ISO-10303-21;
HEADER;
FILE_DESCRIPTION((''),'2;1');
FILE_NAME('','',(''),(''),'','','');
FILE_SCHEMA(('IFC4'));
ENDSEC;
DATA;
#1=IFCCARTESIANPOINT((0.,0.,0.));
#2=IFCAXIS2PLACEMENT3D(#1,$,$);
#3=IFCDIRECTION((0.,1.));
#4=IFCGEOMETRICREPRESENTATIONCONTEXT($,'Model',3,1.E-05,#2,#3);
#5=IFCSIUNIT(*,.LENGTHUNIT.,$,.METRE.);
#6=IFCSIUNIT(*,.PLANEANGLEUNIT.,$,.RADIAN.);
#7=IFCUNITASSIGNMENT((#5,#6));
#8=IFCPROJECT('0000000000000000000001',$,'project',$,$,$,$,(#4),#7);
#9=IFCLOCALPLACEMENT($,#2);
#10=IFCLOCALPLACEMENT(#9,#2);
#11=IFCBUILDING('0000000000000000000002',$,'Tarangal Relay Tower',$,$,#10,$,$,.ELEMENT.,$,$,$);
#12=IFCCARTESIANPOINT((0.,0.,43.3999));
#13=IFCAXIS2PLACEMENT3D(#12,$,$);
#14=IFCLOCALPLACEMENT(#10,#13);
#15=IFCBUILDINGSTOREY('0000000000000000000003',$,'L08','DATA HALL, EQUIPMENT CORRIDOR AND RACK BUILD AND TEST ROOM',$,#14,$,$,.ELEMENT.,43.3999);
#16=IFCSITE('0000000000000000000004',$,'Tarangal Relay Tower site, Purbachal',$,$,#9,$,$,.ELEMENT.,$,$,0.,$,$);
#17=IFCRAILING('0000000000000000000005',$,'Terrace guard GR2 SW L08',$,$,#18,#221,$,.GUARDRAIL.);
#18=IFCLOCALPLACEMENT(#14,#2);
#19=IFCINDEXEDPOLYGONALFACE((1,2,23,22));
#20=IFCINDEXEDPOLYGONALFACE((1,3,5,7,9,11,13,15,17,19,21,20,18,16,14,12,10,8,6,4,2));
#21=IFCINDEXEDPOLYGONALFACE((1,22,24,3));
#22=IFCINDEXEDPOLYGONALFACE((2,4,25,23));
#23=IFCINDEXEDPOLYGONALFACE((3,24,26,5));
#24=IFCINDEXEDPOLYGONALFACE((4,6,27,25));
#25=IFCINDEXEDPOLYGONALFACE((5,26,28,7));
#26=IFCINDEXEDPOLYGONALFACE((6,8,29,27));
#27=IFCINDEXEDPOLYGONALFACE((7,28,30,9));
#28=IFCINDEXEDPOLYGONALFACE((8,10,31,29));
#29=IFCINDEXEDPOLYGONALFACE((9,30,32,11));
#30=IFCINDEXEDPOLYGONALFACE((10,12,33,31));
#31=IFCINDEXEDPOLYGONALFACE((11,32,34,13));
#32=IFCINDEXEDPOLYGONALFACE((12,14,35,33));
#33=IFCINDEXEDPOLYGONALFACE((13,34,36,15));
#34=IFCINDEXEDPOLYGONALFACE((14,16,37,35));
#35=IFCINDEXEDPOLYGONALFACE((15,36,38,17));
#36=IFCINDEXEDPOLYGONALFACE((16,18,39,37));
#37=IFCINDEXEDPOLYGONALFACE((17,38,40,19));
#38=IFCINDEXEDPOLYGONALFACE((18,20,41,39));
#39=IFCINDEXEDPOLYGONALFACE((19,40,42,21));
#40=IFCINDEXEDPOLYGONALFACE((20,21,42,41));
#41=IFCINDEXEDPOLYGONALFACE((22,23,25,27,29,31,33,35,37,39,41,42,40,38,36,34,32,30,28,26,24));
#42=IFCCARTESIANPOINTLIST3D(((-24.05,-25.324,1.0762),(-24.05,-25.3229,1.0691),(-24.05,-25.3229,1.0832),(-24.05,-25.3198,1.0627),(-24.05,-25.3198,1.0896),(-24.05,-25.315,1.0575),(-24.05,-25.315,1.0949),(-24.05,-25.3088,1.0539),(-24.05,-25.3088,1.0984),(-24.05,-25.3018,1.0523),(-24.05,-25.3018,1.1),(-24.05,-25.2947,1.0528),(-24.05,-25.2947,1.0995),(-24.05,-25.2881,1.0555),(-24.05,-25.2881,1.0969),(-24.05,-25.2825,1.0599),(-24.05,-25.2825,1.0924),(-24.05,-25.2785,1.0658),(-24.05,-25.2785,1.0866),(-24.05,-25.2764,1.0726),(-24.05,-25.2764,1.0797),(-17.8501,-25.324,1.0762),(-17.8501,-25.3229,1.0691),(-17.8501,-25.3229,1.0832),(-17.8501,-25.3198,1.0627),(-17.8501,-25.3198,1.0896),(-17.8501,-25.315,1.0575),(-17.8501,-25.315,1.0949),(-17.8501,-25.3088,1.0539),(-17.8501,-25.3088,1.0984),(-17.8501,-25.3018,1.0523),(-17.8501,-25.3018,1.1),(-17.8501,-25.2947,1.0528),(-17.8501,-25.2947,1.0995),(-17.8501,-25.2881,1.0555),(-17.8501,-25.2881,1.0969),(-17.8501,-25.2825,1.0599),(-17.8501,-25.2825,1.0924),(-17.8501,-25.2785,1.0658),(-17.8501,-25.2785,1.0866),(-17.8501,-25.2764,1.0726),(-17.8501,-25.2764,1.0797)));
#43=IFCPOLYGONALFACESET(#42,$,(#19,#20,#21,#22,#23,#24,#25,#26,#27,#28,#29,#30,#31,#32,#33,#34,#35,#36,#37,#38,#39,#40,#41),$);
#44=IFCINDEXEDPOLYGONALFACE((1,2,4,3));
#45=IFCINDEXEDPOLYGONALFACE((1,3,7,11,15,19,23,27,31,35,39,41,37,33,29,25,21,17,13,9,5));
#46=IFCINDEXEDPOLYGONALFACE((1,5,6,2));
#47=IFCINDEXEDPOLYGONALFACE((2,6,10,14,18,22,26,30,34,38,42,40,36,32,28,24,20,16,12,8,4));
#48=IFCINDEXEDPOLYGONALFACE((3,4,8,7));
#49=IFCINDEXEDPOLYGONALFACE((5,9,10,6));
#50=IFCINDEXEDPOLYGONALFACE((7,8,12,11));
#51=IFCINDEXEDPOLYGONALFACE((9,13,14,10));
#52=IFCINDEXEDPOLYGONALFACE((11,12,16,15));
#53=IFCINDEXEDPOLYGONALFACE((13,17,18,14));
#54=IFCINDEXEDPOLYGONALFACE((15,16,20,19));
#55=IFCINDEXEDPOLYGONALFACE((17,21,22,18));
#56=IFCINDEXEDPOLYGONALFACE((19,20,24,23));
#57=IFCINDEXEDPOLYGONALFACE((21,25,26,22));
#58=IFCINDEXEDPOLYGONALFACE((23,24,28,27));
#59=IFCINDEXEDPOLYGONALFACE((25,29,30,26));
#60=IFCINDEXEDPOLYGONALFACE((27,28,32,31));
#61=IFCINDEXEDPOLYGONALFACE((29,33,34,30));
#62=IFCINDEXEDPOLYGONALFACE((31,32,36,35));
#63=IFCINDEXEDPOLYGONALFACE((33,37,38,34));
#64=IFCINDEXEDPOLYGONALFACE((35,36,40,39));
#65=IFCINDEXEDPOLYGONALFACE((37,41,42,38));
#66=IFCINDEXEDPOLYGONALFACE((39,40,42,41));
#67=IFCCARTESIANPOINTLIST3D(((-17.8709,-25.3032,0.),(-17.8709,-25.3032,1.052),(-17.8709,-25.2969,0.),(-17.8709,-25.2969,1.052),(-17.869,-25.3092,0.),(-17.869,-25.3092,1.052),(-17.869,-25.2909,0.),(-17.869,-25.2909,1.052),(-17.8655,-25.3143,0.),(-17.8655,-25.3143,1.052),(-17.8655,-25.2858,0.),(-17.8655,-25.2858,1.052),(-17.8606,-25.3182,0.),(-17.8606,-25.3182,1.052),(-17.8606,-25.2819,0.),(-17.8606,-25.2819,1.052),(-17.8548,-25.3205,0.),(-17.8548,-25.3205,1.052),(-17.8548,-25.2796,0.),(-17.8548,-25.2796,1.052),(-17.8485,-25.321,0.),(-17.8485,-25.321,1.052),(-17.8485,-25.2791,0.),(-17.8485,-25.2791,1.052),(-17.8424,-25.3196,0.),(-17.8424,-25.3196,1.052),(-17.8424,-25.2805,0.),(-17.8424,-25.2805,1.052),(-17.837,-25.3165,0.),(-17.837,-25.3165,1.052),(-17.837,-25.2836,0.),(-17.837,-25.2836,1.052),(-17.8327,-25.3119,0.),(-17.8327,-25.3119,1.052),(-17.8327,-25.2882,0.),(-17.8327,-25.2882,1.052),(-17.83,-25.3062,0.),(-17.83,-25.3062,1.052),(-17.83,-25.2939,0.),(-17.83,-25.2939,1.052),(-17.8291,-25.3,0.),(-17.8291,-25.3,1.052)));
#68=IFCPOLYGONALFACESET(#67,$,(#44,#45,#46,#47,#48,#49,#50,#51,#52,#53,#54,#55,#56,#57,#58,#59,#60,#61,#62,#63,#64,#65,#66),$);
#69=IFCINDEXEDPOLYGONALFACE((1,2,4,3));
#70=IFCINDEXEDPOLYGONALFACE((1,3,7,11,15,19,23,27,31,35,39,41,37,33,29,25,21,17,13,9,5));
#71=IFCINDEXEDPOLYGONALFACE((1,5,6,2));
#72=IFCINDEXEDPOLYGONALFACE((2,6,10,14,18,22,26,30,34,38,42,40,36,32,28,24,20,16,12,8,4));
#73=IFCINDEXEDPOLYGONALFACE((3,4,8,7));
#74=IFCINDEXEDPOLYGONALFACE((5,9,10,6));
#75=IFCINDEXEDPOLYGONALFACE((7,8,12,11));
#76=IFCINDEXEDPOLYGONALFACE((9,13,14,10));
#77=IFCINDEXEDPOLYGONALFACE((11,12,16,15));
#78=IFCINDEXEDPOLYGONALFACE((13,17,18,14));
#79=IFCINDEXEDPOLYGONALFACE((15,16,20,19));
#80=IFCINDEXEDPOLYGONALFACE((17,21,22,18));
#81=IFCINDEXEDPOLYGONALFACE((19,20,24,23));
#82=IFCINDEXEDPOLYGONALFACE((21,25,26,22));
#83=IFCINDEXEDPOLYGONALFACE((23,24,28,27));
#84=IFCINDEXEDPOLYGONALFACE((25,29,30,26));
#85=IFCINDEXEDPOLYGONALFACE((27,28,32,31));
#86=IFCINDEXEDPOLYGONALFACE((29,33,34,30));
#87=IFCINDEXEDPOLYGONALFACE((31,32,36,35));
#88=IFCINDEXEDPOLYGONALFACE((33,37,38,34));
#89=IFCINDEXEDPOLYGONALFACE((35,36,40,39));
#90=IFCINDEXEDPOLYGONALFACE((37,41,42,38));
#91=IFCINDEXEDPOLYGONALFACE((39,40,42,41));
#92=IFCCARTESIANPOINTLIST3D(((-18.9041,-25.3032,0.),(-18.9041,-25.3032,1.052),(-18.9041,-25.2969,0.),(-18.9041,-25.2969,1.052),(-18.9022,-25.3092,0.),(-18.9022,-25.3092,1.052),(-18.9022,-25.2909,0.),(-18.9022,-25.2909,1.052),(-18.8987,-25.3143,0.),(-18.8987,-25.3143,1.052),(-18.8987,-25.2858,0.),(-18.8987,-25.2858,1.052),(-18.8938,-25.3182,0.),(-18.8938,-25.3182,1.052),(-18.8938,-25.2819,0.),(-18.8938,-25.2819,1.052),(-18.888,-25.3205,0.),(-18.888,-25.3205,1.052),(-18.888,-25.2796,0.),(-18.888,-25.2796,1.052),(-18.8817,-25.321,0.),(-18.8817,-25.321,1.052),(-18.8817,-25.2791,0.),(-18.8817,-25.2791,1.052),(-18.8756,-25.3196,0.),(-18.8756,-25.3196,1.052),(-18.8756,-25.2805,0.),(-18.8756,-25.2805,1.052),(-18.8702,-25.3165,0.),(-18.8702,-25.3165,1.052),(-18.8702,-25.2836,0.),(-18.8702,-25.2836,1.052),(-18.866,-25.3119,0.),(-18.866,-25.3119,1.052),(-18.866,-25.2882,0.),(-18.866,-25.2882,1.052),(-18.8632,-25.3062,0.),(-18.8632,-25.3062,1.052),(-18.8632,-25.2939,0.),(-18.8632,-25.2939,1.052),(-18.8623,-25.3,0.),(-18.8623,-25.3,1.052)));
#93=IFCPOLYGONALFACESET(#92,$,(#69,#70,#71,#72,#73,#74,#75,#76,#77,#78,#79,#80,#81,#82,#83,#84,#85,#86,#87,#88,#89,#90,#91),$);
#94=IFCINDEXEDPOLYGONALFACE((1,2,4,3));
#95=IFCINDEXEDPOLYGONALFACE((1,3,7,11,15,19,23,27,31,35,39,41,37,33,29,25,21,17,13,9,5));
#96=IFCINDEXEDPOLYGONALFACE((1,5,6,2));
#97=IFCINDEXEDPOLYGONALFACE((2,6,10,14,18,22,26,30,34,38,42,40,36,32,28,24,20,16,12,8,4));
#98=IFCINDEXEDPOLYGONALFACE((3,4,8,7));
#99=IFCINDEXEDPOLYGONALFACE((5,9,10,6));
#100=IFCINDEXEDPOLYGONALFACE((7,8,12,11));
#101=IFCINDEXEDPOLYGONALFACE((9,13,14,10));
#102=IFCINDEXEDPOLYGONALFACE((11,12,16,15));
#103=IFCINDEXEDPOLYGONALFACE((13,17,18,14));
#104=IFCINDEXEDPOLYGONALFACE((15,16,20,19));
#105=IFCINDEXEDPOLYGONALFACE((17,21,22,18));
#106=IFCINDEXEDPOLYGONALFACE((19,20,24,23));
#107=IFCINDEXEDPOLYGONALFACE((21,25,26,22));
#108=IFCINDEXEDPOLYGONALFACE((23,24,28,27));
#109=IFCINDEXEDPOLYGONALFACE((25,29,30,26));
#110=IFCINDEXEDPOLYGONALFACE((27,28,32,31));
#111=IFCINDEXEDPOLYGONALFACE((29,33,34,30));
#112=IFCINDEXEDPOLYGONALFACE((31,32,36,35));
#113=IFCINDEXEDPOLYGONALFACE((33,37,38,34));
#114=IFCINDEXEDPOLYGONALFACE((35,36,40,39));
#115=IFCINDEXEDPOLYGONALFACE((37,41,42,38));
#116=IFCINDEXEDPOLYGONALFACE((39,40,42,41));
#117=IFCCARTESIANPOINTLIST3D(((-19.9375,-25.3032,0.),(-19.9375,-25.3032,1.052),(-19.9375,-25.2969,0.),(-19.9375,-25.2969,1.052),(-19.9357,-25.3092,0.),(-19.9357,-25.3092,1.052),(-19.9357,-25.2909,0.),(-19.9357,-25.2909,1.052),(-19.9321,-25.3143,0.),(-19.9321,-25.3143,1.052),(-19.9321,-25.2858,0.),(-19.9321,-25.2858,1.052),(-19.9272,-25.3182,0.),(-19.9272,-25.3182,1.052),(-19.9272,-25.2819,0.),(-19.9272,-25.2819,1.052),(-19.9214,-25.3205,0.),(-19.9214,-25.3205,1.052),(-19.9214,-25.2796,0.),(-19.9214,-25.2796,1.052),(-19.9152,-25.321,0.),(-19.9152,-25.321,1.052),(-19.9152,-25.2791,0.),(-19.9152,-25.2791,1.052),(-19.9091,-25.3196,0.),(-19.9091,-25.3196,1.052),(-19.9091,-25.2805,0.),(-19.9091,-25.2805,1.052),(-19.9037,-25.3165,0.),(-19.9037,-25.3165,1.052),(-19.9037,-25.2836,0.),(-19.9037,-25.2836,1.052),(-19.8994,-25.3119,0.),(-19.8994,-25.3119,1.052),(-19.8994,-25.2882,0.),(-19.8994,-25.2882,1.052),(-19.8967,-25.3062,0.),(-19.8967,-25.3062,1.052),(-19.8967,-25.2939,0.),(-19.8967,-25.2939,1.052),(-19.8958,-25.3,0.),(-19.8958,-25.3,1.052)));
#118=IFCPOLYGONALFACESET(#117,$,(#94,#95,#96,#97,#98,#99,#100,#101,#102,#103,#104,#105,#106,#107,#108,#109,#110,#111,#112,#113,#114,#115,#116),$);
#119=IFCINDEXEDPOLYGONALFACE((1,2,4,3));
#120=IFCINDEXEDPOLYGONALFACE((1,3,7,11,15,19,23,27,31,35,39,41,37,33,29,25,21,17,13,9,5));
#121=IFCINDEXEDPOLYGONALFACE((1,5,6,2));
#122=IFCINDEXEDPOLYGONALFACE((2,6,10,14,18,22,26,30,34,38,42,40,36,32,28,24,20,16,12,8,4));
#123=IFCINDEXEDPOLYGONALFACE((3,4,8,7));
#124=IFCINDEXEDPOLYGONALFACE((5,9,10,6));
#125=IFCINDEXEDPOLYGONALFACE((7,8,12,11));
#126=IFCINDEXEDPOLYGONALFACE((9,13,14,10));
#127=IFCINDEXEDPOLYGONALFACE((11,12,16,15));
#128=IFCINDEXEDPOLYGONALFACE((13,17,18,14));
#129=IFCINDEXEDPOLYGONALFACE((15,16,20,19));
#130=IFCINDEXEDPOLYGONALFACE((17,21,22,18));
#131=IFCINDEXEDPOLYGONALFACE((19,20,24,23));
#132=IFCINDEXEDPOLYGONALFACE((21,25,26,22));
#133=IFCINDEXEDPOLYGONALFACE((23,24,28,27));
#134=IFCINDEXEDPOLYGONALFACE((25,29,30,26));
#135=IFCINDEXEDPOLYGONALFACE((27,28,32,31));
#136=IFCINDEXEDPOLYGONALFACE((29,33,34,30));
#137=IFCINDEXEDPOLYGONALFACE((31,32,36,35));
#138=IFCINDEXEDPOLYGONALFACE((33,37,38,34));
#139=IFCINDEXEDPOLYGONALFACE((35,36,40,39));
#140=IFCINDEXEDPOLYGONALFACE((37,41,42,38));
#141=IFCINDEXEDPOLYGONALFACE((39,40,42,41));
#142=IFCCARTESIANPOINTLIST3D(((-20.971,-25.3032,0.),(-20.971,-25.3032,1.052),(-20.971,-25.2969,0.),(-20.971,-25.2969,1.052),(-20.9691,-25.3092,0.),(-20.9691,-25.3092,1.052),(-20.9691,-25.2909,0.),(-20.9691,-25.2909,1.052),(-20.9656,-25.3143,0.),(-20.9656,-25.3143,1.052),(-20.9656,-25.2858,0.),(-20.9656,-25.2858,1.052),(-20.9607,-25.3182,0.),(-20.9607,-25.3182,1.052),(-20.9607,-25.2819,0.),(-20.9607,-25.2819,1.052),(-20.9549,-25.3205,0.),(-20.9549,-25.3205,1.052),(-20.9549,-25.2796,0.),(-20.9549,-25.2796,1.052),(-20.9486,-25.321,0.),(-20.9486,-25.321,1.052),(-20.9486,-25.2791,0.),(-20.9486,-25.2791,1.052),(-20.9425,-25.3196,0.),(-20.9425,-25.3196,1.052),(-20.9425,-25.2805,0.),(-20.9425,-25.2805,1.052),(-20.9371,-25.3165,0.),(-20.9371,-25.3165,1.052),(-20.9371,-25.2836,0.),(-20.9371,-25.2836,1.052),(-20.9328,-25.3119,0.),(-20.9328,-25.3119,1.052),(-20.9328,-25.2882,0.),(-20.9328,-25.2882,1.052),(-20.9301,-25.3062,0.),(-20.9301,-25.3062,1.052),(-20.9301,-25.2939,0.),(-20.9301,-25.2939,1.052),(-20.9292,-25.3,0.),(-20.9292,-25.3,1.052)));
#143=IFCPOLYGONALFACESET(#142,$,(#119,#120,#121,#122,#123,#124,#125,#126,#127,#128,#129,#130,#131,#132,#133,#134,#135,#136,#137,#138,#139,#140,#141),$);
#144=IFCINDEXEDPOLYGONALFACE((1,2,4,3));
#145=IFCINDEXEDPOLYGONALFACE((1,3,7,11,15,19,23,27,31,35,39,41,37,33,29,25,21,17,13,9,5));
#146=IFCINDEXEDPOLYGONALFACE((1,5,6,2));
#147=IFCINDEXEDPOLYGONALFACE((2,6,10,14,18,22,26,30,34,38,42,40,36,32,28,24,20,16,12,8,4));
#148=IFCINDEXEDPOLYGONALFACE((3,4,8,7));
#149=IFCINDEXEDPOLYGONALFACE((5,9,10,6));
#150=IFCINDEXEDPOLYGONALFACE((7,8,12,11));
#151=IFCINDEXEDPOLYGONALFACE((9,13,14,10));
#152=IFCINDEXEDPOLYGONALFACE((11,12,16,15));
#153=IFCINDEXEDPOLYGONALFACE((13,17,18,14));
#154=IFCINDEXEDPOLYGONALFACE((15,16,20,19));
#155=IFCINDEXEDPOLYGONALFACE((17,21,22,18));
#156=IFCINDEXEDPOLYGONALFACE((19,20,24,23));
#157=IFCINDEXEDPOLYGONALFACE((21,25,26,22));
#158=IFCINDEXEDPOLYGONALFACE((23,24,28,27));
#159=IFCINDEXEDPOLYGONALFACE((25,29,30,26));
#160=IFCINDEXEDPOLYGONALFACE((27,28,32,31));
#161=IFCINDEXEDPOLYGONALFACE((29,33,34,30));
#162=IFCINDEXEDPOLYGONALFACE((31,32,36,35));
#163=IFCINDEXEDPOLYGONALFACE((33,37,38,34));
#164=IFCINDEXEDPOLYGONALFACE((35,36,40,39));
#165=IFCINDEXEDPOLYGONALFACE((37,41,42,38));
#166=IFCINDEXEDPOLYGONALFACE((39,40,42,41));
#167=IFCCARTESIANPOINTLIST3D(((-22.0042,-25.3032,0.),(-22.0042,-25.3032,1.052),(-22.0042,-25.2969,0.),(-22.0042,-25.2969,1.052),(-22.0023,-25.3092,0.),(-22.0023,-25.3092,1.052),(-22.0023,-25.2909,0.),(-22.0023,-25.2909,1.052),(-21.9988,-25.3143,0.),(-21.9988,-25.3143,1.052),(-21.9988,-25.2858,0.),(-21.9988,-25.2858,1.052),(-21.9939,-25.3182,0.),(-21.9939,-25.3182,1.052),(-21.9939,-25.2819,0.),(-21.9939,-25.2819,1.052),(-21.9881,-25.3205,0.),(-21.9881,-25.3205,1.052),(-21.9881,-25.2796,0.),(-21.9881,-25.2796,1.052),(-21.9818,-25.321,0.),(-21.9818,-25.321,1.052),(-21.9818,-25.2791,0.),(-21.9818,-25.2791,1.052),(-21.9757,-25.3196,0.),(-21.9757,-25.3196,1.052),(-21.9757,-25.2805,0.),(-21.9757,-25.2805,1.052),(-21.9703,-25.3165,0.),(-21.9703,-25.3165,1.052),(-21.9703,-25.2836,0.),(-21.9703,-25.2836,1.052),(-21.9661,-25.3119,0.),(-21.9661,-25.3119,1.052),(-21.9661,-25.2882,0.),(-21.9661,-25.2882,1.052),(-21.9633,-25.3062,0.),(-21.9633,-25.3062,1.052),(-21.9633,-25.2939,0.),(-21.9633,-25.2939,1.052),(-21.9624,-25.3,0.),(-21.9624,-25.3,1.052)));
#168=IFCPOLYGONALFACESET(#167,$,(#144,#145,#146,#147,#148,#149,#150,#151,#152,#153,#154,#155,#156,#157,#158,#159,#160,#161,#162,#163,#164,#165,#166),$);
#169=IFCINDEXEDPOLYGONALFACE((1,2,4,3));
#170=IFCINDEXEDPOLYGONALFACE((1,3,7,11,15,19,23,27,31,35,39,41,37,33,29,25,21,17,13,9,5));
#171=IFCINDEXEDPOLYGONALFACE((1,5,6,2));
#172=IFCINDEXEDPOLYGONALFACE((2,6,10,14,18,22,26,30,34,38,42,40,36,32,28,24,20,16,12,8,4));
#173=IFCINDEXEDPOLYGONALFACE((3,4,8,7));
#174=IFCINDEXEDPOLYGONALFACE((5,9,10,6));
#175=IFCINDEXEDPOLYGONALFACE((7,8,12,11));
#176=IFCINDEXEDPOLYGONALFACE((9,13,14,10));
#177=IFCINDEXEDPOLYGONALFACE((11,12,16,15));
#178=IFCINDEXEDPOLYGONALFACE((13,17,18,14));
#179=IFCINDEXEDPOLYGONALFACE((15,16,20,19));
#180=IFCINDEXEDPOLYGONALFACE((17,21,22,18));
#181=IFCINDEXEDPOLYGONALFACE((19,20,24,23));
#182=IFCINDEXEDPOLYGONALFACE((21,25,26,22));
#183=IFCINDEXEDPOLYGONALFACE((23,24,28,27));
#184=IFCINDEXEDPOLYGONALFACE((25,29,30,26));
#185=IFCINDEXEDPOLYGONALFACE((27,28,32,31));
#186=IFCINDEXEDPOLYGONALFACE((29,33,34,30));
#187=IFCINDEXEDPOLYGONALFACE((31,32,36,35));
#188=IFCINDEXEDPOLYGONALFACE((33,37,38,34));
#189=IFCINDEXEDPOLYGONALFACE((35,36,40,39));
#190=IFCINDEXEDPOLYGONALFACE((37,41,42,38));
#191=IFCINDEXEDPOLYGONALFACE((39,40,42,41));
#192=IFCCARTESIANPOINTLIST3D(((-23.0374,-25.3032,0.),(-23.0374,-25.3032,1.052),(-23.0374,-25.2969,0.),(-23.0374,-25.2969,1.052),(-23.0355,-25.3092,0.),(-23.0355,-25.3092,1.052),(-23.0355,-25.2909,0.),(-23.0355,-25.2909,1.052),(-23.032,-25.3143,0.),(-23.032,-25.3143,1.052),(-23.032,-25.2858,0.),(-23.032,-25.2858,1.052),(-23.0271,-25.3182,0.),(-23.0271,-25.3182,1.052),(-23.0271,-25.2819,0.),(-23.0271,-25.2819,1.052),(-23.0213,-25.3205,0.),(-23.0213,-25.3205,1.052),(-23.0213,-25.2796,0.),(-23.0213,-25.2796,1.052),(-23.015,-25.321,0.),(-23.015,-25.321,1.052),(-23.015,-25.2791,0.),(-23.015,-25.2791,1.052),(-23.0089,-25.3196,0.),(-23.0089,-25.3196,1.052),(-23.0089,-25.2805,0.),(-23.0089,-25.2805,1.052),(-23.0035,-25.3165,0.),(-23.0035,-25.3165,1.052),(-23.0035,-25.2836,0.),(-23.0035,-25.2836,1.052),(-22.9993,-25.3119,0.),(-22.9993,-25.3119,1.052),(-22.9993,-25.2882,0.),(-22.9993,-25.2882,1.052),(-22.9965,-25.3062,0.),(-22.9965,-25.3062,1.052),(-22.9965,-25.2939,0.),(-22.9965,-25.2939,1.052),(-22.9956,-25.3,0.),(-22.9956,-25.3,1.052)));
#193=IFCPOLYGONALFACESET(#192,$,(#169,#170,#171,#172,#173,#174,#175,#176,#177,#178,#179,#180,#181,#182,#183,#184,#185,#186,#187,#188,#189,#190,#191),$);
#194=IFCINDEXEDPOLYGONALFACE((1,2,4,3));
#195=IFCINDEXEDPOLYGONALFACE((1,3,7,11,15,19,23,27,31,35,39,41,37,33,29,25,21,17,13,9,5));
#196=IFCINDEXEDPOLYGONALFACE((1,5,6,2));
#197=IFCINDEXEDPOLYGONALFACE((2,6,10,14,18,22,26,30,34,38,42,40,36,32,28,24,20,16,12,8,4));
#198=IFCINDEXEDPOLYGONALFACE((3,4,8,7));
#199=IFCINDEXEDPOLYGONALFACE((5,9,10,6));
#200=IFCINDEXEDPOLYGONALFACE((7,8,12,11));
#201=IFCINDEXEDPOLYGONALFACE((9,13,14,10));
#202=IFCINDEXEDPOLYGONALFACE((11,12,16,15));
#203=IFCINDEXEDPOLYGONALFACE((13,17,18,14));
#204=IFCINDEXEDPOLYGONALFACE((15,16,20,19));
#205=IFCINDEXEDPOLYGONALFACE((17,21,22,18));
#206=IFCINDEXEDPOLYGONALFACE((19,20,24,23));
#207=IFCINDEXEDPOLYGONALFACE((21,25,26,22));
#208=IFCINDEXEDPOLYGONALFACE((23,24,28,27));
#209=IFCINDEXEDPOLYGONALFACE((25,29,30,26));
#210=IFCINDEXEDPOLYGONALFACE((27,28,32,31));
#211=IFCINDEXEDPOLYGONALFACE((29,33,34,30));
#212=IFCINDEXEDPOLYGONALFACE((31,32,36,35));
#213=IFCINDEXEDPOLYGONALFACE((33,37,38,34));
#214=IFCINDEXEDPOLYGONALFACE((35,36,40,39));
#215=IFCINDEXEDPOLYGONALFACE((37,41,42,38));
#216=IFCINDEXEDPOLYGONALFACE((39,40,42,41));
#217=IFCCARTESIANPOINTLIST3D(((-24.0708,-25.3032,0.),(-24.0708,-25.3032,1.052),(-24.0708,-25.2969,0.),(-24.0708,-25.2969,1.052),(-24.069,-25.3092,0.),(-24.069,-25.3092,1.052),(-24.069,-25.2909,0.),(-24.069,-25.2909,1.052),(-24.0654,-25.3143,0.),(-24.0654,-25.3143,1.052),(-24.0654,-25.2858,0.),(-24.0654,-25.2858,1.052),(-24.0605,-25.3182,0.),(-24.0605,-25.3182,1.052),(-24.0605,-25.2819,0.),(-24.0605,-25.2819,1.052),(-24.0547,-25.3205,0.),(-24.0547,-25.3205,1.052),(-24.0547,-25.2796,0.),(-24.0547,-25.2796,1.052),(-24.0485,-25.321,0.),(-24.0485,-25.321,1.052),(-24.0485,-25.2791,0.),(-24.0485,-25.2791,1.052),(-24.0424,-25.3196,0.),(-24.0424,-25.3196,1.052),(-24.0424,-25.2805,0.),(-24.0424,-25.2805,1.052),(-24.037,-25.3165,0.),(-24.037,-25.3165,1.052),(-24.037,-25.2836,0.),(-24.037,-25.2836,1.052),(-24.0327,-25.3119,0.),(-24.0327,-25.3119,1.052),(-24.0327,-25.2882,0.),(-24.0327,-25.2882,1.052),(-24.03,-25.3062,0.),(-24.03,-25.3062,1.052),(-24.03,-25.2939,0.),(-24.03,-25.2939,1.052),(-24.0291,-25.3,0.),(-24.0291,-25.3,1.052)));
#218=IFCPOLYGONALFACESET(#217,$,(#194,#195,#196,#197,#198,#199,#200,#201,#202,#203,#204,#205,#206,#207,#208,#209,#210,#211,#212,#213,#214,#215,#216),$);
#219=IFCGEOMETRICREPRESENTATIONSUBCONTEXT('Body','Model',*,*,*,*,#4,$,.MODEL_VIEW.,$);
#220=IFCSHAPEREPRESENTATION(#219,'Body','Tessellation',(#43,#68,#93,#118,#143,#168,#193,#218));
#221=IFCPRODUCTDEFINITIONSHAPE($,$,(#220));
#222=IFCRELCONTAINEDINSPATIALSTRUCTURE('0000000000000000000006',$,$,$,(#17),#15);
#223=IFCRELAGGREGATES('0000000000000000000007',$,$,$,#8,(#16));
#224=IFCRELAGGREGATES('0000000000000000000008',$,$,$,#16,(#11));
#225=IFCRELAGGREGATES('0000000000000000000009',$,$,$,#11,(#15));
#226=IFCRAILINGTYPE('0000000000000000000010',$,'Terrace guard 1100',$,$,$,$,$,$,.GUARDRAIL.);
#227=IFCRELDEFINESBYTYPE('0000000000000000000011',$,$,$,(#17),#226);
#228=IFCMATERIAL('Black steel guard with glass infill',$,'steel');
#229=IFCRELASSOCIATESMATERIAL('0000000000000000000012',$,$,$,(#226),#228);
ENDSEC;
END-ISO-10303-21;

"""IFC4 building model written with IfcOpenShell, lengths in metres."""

from ifc_helpers import new_model, si_unit, direction, frame, origin, origin_2d, place, context, subcontext, project, spatial, circle, extrude, material, type_object, element, save


model = new_model("IFC4")

# Units and contexts
model_context = context("Model", 3, precision=1e-05, world=origin(), true_north=direction((0.0, 1.0)))
body_context = subcontext(model_context, "Body", "Model", "MODEL_VIEW")
ifc_project = project(units=[si_unit("LENGTHUNIT", "METRE"), si_unit("PLANEANGLEUNIT", "RADIAN")], contexts=[model_context])

# Site, building, storey
site_placement = place(None, origin())
site = spatial("IfcSite", under=ifc_project, at=site_placement, Name="Tarangal Relay Tower site, Purbachal", CompositionType="ELEMENT", RefElevation=0.0)
building_placement = place(site_placement, origin())
building = spatial("IfcBuilding", under=site, at=building_placement, Name="Tarangal Relay Tower", CompositionType="ELEMENT")
storey_placement = place(building_placement, frame((0.0, 0.0, 43.3999)))
storey = spatial("IfcBuildingStorey", under=building, at=storey_placement, Name="L08", Description="DATA HALL, EQUIPMENT CORRIDOR AND RACK BUILD AND TEST ROOM", CompositionType="ELEMENT", Elevation=43.3999)

# Railing
ifc_material_1 = material(Name="Black steel guard with glass infill", Category="steel")
railing_type = type_object("IfcRailingType", Name="Terrace guard 1100", PredefinedType="GUARDRAIL", material=ifc_material_1)
railing_1_placement = place(storey_placement, frame((-17.8501, -25.3, 0.0)))
element("IfcRailing", 1, at=railing_1_placement, inside=storey, type_object=railing_type, Name="Terrace guard GR2 SW L08", PredefinedType="GUARDRAIL", context=body_context, shape_type="SweptSolid", body=[
    extrude(circle(Radius=0.0239, at=origin_2d()), frame((0.0, 0.0, 1.0762), z_axis=(-1.0, 0.0, 0.0), x_axis=(0.0, -1.0, 0.0)), (0.0, 0.0, 1.0), 6.2),
    extrude(circle(Radius=0.021, at=origin_2d()), origin(), (0.0, 0.0, 1.0), 1.052),
    extrude(circle(Radius=0.021, at=origin_2d()), frame((-1.0332, 0.0, 0.0)), (0.0, 0.0, 1.0), 1.052),
    extrude(circle(Radius=0.021, at=origin_2d()), frame((-2.0667, 0.0, 0.0)), (0.0, 0.0, 1.0), 1.052),
    extrude(circle(Radius=0.021, at=origin_2d()), frame((-3.1001, 0.0, 0.0)), (0.0, 0.0, 1.0), 1.052),
    extrude(circle(Radius=0.021, at=origin_2d()), frame((-4.1333, 0.0, 0.0)), (0.0, 0.0, 1.0), 1.052),
    extrude(circle(Radius=0.021, at=origin_2d()), frame((-5.1665, 0.0, 0.0)), (0.0, 0.0, 1.0), 1.052),
    extrude(circle(Radius=0.021, at=origin_2d()), frame((-6.2, 0.0, 0.0)), (0.0, 0.0, 1.0), 1.052),
])

save(model, "model.ifc")
